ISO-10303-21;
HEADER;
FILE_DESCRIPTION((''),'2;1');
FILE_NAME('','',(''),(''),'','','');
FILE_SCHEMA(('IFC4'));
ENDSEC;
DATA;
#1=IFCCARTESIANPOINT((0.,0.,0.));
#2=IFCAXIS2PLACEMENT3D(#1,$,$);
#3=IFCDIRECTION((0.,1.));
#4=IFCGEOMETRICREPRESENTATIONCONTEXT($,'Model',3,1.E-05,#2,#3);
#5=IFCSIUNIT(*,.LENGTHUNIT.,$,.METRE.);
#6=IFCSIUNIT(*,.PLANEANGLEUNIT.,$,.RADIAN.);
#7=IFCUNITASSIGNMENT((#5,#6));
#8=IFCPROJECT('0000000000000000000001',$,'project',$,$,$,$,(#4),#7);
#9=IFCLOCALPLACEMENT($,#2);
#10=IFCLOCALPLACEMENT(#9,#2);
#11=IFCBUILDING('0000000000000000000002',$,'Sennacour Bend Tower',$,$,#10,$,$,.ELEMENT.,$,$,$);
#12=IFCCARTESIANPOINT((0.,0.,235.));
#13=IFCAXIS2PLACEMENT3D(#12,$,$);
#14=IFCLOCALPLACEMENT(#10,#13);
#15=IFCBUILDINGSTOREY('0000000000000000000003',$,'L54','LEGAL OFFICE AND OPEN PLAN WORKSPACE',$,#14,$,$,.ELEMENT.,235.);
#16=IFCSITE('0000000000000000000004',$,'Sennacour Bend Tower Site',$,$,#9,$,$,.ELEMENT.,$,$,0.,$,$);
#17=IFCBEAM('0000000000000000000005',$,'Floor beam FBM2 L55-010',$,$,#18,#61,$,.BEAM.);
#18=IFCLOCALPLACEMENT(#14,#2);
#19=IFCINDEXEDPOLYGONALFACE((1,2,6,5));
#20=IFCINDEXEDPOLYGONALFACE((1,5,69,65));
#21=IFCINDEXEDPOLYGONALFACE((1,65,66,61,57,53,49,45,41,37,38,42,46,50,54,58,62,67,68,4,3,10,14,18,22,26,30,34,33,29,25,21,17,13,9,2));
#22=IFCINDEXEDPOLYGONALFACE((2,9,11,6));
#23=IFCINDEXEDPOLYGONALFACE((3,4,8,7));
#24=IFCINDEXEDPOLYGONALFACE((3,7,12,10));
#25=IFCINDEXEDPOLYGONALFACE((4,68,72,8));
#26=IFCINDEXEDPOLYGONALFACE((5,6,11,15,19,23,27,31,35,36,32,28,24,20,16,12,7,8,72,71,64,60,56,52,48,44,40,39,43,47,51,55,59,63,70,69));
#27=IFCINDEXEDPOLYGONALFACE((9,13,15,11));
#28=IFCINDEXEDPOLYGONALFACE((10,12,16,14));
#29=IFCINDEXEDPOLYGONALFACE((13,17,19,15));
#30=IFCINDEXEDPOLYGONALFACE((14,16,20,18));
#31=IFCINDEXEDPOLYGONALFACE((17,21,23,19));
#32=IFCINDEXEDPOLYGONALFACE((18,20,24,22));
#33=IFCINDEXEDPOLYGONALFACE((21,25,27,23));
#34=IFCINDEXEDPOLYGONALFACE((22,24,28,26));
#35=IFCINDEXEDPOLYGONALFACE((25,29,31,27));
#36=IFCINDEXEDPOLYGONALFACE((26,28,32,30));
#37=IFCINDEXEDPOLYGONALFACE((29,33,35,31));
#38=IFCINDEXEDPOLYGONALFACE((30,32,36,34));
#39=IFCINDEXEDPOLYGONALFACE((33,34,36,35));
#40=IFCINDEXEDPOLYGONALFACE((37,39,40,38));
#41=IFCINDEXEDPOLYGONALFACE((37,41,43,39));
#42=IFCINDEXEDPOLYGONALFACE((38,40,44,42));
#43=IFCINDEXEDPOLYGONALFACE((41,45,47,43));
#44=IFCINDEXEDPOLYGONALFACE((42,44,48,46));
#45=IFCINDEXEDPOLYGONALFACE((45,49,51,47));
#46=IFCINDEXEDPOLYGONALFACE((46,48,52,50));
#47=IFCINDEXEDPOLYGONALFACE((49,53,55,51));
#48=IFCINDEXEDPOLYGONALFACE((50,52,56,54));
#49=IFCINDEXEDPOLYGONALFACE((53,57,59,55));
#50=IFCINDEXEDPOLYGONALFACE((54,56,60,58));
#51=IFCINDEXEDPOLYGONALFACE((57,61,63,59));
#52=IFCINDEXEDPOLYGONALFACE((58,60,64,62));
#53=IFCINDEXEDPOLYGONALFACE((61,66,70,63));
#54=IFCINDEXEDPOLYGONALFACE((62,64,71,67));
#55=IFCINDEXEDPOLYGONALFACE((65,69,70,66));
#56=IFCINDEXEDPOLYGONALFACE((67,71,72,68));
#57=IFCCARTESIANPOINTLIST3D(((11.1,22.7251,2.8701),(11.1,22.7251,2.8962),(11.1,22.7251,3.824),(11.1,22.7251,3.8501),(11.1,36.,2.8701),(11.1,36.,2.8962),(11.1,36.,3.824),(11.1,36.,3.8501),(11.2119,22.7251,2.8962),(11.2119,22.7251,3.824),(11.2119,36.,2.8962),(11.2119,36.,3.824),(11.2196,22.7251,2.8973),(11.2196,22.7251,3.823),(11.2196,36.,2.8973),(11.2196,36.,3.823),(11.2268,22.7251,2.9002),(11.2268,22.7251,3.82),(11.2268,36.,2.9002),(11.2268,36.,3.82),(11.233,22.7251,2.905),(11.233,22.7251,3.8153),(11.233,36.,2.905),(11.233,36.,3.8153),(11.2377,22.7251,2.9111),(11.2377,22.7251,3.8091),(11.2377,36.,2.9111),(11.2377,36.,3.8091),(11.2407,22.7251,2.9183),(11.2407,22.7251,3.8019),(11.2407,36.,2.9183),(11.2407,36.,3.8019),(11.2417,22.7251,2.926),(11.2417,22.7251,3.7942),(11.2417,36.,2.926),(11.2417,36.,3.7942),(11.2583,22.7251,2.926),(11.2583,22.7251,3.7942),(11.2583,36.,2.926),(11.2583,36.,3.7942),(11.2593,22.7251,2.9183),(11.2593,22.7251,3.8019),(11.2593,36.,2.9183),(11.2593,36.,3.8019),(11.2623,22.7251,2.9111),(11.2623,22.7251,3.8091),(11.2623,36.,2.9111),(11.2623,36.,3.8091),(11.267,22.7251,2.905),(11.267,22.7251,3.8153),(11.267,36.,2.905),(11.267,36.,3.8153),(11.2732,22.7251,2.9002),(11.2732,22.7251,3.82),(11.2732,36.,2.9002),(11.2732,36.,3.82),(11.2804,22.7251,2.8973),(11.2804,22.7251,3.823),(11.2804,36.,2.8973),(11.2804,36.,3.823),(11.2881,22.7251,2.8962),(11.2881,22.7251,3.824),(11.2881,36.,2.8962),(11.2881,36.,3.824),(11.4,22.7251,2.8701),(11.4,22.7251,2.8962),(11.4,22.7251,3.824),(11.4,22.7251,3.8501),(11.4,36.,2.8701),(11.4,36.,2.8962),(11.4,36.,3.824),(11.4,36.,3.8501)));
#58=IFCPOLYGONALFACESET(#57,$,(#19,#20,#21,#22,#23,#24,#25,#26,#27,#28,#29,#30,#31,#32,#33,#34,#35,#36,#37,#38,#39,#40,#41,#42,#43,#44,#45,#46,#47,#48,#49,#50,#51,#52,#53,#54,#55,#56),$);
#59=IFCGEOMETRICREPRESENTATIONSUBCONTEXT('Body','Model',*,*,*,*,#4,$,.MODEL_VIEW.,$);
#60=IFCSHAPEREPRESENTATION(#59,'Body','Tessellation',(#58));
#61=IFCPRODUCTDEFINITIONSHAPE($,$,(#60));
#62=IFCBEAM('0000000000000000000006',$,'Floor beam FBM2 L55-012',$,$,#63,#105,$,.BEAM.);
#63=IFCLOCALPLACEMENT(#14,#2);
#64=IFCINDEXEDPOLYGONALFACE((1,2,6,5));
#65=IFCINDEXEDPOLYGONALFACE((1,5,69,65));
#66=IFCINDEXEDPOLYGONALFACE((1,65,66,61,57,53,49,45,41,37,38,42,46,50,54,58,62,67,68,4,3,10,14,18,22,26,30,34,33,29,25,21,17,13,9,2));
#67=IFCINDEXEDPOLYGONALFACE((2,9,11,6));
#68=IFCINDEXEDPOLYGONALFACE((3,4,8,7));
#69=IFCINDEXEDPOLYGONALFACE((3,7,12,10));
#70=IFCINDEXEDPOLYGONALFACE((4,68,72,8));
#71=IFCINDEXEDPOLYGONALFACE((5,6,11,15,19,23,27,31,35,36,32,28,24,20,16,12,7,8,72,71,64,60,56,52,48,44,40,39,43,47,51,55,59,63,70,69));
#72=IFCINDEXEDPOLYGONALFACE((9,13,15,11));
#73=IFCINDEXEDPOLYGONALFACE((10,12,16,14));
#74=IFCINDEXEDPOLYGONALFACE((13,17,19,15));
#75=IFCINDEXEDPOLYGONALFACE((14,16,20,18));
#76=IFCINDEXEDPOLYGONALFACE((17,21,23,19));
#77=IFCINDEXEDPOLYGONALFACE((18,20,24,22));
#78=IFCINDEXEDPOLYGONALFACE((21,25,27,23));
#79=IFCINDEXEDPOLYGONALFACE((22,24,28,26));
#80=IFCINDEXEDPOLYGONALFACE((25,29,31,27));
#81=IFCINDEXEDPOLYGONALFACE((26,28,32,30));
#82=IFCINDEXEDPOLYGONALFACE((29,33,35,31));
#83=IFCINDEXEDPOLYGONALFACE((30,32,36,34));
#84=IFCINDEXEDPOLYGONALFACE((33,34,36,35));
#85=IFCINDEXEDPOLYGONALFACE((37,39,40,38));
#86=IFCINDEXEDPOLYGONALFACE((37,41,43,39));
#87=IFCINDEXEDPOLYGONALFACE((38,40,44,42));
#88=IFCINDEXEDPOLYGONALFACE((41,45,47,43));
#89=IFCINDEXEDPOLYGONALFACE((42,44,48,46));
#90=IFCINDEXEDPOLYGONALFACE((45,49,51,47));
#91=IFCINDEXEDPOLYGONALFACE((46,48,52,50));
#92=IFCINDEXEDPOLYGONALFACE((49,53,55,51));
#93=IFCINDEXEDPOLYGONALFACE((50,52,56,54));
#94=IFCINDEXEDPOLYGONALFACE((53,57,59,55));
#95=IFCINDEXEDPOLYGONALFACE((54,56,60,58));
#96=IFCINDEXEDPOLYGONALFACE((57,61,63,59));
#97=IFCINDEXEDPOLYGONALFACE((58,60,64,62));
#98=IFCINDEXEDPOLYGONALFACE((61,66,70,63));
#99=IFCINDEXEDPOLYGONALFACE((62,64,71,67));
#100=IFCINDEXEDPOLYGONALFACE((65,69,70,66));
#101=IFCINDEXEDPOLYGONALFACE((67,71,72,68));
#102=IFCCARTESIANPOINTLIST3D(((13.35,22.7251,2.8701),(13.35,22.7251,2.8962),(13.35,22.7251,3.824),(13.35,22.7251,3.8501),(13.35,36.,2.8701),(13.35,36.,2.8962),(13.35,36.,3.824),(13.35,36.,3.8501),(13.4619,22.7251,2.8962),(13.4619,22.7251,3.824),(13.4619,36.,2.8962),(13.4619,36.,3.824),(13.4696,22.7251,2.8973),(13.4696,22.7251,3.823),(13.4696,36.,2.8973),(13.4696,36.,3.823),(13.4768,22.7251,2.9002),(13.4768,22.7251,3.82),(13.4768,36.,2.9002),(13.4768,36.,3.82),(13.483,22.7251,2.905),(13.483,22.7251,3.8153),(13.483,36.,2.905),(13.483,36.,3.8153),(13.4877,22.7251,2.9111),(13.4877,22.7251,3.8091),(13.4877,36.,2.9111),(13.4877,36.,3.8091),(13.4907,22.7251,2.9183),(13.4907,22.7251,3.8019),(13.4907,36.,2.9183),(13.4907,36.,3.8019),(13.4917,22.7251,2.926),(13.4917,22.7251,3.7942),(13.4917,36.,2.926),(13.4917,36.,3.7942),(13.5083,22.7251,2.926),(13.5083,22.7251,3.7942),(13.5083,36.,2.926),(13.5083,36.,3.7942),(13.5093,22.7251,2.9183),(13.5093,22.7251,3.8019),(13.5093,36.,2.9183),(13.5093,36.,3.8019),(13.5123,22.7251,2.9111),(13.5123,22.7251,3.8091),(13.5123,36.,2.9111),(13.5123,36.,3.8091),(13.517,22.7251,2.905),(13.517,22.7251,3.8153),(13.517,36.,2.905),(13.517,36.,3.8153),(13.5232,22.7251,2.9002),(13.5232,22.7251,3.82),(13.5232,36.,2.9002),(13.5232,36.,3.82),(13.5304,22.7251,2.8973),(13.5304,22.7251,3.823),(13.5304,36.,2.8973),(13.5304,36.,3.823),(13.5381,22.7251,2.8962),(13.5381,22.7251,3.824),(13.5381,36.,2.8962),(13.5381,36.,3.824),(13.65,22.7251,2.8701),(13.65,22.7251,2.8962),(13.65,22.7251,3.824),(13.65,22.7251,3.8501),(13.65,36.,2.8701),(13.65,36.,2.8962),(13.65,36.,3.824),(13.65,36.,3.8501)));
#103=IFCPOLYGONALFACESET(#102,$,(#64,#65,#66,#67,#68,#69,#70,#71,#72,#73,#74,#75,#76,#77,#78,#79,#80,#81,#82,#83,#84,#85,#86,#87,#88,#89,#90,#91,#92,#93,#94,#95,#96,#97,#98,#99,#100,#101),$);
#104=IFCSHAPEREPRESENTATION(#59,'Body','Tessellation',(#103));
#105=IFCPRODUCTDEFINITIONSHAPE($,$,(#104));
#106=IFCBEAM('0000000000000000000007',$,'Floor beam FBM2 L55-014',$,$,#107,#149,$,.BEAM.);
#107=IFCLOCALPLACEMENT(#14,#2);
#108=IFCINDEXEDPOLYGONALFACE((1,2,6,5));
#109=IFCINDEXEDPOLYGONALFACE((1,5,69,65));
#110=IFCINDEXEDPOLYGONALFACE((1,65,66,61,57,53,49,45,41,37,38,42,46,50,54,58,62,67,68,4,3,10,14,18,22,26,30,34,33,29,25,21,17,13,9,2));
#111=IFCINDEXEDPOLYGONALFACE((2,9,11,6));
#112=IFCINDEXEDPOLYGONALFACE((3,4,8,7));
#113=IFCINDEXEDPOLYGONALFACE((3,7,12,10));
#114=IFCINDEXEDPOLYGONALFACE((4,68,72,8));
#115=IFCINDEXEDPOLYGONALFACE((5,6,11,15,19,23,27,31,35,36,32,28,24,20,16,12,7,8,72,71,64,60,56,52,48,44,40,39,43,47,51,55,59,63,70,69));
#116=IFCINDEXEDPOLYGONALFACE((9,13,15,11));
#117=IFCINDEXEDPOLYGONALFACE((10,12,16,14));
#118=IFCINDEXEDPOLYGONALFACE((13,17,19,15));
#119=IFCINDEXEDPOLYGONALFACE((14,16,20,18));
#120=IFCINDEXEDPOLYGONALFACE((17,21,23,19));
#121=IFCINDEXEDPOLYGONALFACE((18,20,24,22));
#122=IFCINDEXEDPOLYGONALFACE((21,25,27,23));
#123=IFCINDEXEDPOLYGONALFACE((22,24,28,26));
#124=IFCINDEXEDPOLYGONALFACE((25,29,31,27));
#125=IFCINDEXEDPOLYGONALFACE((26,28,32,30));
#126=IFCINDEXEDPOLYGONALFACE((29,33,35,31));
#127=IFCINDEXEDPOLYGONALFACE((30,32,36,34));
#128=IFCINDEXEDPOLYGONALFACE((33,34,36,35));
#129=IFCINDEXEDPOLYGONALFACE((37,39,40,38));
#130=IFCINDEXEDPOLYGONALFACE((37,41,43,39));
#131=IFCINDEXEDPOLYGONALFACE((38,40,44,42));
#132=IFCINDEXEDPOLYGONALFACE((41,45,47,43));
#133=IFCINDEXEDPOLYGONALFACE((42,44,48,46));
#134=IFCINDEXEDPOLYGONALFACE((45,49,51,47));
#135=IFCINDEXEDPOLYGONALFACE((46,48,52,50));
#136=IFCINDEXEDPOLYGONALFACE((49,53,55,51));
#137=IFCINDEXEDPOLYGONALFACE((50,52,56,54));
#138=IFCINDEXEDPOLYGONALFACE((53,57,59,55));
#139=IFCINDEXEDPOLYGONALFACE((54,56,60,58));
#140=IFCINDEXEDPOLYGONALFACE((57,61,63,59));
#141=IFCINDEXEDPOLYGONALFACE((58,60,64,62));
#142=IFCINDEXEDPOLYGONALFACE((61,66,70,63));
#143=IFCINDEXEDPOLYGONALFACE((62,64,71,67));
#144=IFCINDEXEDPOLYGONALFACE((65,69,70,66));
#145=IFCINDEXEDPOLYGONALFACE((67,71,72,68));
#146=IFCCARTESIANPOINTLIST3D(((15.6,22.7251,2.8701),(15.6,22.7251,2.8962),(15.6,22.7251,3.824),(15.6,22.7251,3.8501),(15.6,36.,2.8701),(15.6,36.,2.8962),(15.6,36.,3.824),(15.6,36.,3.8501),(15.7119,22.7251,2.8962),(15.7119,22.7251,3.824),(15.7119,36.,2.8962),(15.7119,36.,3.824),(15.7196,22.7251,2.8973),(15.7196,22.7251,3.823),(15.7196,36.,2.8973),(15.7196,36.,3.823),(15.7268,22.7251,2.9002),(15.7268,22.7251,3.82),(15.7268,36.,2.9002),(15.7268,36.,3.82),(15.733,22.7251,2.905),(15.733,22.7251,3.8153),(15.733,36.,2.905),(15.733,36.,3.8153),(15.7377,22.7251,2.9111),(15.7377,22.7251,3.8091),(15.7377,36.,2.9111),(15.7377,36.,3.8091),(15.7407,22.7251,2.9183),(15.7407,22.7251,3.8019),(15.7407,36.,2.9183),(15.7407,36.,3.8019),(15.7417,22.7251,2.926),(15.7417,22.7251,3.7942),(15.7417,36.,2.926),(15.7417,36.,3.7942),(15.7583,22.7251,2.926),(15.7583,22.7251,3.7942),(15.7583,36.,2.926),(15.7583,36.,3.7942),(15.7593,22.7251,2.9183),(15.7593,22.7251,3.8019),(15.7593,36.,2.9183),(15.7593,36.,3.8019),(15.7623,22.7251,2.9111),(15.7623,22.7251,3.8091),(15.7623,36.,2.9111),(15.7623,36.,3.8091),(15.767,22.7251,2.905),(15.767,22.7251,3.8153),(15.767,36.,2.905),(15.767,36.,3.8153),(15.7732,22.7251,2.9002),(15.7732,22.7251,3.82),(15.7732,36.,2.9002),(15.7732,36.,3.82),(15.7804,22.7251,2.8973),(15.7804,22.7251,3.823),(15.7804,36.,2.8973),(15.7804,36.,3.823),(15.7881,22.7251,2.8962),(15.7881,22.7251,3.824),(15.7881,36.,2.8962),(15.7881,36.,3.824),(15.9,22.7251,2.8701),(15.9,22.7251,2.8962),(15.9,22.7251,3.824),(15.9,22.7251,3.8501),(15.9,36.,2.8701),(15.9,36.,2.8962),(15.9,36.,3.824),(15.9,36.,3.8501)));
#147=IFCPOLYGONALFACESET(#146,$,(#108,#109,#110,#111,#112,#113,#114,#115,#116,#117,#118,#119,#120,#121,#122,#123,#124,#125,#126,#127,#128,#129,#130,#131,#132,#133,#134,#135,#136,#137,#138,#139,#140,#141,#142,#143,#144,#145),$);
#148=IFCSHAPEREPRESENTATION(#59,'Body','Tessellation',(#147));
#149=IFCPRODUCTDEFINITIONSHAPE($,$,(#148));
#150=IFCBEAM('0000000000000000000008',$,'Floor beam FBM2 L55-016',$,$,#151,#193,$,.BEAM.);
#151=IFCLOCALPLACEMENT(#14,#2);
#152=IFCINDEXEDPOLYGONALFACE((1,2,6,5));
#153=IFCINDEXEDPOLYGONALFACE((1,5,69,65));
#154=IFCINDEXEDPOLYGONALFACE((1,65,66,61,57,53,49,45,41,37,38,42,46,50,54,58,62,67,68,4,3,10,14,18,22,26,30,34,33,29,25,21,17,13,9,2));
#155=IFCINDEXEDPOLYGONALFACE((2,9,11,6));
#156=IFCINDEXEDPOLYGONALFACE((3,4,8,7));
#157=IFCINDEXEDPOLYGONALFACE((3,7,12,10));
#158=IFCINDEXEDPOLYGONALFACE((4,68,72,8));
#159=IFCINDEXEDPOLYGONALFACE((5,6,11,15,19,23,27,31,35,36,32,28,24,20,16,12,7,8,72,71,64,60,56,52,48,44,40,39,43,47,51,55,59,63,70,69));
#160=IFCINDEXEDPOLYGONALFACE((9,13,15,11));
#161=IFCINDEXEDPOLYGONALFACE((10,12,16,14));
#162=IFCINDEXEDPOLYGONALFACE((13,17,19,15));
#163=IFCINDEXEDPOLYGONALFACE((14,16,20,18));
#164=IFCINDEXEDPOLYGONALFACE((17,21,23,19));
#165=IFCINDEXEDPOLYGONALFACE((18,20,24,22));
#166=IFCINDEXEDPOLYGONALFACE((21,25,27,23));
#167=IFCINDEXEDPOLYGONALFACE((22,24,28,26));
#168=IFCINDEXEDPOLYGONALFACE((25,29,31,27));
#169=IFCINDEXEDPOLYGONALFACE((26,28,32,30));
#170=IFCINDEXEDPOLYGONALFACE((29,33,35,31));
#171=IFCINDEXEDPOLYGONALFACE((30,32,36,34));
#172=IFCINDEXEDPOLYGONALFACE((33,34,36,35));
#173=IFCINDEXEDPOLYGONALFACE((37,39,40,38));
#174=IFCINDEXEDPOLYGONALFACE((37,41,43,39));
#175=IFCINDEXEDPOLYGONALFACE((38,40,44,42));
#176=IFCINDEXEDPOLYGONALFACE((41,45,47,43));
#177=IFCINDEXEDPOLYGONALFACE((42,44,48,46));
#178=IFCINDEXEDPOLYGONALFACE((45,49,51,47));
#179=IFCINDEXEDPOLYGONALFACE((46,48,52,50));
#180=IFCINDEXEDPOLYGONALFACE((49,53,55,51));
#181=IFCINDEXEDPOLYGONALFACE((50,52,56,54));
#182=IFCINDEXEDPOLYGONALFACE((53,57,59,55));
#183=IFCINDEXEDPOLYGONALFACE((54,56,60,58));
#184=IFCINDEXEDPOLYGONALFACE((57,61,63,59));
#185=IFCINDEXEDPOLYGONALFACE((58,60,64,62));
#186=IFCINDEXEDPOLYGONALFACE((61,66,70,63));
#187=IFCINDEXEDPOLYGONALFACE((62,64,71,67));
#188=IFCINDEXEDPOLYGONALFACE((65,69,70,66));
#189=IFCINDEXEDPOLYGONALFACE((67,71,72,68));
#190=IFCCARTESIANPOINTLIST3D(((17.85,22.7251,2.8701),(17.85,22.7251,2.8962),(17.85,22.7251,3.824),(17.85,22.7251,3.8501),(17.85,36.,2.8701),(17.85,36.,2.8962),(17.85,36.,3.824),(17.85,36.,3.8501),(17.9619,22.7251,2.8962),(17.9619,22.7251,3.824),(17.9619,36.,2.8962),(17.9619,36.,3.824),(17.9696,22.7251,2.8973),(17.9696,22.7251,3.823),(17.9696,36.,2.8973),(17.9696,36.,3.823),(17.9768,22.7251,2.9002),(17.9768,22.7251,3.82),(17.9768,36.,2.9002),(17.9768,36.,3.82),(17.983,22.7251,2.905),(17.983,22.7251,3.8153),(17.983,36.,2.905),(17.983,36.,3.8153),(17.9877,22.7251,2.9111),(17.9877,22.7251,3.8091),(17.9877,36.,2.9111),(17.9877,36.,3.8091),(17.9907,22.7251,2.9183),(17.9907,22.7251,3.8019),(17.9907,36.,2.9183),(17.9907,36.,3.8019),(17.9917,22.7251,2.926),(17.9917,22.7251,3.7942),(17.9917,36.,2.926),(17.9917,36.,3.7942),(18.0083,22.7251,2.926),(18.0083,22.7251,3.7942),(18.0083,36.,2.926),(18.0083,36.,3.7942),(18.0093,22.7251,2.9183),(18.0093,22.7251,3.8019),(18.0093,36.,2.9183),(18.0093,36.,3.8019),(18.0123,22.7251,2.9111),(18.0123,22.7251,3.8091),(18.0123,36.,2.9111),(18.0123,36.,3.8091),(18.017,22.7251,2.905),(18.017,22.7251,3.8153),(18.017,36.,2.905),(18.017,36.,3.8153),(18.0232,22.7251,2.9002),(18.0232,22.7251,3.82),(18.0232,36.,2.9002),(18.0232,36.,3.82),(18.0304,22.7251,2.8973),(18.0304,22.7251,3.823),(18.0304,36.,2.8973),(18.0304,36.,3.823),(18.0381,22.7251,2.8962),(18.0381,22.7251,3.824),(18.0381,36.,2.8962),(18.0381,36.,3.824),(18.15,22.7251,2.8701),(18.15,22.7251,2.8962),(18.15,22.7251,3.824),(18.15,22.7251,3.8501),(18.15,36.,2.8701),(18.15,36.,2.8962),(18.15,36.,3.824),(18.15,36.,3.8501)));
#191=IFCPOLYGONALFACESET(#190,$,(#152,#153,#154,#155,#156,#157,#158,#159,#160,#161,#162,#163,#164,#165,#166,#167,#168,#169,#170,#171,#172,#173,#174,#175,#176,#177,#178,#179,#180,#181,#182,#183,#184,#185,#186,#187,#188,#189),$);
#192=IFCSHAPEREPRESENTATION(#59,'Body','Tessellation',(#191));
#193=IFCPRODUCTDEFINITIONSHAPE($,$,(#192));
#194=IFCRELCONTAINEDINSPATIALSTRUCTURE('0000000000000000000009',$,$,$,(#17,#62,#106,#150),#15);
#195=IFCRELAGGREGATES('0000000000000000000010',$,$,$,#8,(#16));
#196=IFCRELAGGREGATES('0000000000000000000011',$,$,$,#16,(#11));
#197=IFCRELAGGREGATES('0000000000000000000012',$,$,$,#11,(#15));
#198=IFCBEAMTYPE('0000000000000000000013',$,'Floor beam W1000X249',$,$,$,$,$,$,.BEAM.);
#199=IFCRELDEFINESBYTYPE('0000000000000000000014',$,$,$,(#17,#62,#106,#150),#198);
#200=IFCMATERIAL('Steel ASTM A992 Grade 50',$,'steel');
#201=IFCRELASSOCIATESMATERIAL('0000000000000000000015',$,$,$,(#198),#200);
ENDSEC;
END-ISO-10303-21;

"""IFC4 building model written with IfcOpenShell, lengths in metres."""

from ifc_helpers import new_model, si_unit, direction, frame, origin, origin_2d, place, context, subcontext, project, spatial, i_section, extrude, material, material_profile, profile_set, type_object, element, save


model = new_model("IFC4")

# Units and contexts
model_context = context("Model", 3, precision=1e-05, world=origin(), true_north=direction((0.0, 1.0)))
body_context = subcontext(model_context, "Body", "Model", "MODEL_VIEW")
ifc_project = project(units=[si_unit("LENGTHUNIT", "METRE"), si_unit("PLANEANGLEUNIT", "RADIAN")], contexts=[model_context])

# Site, building, storey
site_placement = place(None, origin())
site = spatial("IfcSite", under=ifc_project, at=site_placement, Name="Sennacour Bend Tower Site", CompositionType="ELEMENT", RefElevation=0.0)
building_placement = place(site_placement, origin())
building = spatial("IfcBuilding", under=site, at=building_placement, Name="Sennacour Bend Tower", CompositionType="ELEMENT")
storey_placement = place(building_placement, frame((0.0, 0.0, 235.0)))
storey = spatial("IfcBuildingStorey", under=building, at=storey_placement, Name="L54", Description="LEGAL OFFICE AND OPEN PLAN WORKSPACE", CompositionType="ELEMENT", Elevation=235.0)

# Beams
ifc_material_1 = material(Name="Steel ASTM A992 Grade 50", Category="steel")
ifc_material_profile_1 = material_profile(ifc_material_1, i_section(OverallWidth=0.3, OverallDepth=0.98, WebThickness=0.0166, FlangeThickness=0.0261, FilletRadius=0.0298, at=origin_2d()), Name="Steel ASTM A992 Grade 50", Category="steel")
ifc_profile_set_1 = profile_set([ifc_material_profile_1], Name="Steel ASTM A992 Grade 50")
beam_type_1 = type_object("IfcBeamType", Name="Floor beam W1000X249", PredefinedType="BEAM", material=ifc_profile_set_1)
for number, where, z_axis, x_axis, name in (
    (1, (11.25, 22.7251, 3.3601), (0.0, 1.0, 0.0), (-1.0, 0.0, 0.0), "Floor beam FBM2 L55-010"),
    (2, (13.5, 22.7251, 3.3601), (0.0, 1.0, 0.0), (-1.0, 0.0, 0.0), "Floor beam FBM2 L55-012"),
    (3, (15.75, 22.7251, 3.3601), (0.0, 1.0, 0.0), (-1.0, 0.0, 0.0), "Floor beam FBM2 L55-014"),
    (4, (18.0, 22.7251, 3.3601), (0.0, 1.0, 0.0), (-1.0, 0.0, 0.0), "Floor beam FBM2 L55-016"),
):
    element("IfcBeam", number, at=place(storey_placement, frame(where, z_axis=z_axis, x_axis=x_axis)), inside=storey, type_object=beam_type_1, Name=name, PredefinedType="BEAM", context=body_context, shape_type="SweptSolid", body=[
        extrude(i_section(OverallWidth=0.3, OverallDepth=0.98, WebThickness=0.0166, FlangeThickness=0.0261, FilletRadius=0.0298, at=origin_2d()), origin(), (0.0, 0.0, 1.0), 13.2749),
    ])

save(model, "model.ifc")
